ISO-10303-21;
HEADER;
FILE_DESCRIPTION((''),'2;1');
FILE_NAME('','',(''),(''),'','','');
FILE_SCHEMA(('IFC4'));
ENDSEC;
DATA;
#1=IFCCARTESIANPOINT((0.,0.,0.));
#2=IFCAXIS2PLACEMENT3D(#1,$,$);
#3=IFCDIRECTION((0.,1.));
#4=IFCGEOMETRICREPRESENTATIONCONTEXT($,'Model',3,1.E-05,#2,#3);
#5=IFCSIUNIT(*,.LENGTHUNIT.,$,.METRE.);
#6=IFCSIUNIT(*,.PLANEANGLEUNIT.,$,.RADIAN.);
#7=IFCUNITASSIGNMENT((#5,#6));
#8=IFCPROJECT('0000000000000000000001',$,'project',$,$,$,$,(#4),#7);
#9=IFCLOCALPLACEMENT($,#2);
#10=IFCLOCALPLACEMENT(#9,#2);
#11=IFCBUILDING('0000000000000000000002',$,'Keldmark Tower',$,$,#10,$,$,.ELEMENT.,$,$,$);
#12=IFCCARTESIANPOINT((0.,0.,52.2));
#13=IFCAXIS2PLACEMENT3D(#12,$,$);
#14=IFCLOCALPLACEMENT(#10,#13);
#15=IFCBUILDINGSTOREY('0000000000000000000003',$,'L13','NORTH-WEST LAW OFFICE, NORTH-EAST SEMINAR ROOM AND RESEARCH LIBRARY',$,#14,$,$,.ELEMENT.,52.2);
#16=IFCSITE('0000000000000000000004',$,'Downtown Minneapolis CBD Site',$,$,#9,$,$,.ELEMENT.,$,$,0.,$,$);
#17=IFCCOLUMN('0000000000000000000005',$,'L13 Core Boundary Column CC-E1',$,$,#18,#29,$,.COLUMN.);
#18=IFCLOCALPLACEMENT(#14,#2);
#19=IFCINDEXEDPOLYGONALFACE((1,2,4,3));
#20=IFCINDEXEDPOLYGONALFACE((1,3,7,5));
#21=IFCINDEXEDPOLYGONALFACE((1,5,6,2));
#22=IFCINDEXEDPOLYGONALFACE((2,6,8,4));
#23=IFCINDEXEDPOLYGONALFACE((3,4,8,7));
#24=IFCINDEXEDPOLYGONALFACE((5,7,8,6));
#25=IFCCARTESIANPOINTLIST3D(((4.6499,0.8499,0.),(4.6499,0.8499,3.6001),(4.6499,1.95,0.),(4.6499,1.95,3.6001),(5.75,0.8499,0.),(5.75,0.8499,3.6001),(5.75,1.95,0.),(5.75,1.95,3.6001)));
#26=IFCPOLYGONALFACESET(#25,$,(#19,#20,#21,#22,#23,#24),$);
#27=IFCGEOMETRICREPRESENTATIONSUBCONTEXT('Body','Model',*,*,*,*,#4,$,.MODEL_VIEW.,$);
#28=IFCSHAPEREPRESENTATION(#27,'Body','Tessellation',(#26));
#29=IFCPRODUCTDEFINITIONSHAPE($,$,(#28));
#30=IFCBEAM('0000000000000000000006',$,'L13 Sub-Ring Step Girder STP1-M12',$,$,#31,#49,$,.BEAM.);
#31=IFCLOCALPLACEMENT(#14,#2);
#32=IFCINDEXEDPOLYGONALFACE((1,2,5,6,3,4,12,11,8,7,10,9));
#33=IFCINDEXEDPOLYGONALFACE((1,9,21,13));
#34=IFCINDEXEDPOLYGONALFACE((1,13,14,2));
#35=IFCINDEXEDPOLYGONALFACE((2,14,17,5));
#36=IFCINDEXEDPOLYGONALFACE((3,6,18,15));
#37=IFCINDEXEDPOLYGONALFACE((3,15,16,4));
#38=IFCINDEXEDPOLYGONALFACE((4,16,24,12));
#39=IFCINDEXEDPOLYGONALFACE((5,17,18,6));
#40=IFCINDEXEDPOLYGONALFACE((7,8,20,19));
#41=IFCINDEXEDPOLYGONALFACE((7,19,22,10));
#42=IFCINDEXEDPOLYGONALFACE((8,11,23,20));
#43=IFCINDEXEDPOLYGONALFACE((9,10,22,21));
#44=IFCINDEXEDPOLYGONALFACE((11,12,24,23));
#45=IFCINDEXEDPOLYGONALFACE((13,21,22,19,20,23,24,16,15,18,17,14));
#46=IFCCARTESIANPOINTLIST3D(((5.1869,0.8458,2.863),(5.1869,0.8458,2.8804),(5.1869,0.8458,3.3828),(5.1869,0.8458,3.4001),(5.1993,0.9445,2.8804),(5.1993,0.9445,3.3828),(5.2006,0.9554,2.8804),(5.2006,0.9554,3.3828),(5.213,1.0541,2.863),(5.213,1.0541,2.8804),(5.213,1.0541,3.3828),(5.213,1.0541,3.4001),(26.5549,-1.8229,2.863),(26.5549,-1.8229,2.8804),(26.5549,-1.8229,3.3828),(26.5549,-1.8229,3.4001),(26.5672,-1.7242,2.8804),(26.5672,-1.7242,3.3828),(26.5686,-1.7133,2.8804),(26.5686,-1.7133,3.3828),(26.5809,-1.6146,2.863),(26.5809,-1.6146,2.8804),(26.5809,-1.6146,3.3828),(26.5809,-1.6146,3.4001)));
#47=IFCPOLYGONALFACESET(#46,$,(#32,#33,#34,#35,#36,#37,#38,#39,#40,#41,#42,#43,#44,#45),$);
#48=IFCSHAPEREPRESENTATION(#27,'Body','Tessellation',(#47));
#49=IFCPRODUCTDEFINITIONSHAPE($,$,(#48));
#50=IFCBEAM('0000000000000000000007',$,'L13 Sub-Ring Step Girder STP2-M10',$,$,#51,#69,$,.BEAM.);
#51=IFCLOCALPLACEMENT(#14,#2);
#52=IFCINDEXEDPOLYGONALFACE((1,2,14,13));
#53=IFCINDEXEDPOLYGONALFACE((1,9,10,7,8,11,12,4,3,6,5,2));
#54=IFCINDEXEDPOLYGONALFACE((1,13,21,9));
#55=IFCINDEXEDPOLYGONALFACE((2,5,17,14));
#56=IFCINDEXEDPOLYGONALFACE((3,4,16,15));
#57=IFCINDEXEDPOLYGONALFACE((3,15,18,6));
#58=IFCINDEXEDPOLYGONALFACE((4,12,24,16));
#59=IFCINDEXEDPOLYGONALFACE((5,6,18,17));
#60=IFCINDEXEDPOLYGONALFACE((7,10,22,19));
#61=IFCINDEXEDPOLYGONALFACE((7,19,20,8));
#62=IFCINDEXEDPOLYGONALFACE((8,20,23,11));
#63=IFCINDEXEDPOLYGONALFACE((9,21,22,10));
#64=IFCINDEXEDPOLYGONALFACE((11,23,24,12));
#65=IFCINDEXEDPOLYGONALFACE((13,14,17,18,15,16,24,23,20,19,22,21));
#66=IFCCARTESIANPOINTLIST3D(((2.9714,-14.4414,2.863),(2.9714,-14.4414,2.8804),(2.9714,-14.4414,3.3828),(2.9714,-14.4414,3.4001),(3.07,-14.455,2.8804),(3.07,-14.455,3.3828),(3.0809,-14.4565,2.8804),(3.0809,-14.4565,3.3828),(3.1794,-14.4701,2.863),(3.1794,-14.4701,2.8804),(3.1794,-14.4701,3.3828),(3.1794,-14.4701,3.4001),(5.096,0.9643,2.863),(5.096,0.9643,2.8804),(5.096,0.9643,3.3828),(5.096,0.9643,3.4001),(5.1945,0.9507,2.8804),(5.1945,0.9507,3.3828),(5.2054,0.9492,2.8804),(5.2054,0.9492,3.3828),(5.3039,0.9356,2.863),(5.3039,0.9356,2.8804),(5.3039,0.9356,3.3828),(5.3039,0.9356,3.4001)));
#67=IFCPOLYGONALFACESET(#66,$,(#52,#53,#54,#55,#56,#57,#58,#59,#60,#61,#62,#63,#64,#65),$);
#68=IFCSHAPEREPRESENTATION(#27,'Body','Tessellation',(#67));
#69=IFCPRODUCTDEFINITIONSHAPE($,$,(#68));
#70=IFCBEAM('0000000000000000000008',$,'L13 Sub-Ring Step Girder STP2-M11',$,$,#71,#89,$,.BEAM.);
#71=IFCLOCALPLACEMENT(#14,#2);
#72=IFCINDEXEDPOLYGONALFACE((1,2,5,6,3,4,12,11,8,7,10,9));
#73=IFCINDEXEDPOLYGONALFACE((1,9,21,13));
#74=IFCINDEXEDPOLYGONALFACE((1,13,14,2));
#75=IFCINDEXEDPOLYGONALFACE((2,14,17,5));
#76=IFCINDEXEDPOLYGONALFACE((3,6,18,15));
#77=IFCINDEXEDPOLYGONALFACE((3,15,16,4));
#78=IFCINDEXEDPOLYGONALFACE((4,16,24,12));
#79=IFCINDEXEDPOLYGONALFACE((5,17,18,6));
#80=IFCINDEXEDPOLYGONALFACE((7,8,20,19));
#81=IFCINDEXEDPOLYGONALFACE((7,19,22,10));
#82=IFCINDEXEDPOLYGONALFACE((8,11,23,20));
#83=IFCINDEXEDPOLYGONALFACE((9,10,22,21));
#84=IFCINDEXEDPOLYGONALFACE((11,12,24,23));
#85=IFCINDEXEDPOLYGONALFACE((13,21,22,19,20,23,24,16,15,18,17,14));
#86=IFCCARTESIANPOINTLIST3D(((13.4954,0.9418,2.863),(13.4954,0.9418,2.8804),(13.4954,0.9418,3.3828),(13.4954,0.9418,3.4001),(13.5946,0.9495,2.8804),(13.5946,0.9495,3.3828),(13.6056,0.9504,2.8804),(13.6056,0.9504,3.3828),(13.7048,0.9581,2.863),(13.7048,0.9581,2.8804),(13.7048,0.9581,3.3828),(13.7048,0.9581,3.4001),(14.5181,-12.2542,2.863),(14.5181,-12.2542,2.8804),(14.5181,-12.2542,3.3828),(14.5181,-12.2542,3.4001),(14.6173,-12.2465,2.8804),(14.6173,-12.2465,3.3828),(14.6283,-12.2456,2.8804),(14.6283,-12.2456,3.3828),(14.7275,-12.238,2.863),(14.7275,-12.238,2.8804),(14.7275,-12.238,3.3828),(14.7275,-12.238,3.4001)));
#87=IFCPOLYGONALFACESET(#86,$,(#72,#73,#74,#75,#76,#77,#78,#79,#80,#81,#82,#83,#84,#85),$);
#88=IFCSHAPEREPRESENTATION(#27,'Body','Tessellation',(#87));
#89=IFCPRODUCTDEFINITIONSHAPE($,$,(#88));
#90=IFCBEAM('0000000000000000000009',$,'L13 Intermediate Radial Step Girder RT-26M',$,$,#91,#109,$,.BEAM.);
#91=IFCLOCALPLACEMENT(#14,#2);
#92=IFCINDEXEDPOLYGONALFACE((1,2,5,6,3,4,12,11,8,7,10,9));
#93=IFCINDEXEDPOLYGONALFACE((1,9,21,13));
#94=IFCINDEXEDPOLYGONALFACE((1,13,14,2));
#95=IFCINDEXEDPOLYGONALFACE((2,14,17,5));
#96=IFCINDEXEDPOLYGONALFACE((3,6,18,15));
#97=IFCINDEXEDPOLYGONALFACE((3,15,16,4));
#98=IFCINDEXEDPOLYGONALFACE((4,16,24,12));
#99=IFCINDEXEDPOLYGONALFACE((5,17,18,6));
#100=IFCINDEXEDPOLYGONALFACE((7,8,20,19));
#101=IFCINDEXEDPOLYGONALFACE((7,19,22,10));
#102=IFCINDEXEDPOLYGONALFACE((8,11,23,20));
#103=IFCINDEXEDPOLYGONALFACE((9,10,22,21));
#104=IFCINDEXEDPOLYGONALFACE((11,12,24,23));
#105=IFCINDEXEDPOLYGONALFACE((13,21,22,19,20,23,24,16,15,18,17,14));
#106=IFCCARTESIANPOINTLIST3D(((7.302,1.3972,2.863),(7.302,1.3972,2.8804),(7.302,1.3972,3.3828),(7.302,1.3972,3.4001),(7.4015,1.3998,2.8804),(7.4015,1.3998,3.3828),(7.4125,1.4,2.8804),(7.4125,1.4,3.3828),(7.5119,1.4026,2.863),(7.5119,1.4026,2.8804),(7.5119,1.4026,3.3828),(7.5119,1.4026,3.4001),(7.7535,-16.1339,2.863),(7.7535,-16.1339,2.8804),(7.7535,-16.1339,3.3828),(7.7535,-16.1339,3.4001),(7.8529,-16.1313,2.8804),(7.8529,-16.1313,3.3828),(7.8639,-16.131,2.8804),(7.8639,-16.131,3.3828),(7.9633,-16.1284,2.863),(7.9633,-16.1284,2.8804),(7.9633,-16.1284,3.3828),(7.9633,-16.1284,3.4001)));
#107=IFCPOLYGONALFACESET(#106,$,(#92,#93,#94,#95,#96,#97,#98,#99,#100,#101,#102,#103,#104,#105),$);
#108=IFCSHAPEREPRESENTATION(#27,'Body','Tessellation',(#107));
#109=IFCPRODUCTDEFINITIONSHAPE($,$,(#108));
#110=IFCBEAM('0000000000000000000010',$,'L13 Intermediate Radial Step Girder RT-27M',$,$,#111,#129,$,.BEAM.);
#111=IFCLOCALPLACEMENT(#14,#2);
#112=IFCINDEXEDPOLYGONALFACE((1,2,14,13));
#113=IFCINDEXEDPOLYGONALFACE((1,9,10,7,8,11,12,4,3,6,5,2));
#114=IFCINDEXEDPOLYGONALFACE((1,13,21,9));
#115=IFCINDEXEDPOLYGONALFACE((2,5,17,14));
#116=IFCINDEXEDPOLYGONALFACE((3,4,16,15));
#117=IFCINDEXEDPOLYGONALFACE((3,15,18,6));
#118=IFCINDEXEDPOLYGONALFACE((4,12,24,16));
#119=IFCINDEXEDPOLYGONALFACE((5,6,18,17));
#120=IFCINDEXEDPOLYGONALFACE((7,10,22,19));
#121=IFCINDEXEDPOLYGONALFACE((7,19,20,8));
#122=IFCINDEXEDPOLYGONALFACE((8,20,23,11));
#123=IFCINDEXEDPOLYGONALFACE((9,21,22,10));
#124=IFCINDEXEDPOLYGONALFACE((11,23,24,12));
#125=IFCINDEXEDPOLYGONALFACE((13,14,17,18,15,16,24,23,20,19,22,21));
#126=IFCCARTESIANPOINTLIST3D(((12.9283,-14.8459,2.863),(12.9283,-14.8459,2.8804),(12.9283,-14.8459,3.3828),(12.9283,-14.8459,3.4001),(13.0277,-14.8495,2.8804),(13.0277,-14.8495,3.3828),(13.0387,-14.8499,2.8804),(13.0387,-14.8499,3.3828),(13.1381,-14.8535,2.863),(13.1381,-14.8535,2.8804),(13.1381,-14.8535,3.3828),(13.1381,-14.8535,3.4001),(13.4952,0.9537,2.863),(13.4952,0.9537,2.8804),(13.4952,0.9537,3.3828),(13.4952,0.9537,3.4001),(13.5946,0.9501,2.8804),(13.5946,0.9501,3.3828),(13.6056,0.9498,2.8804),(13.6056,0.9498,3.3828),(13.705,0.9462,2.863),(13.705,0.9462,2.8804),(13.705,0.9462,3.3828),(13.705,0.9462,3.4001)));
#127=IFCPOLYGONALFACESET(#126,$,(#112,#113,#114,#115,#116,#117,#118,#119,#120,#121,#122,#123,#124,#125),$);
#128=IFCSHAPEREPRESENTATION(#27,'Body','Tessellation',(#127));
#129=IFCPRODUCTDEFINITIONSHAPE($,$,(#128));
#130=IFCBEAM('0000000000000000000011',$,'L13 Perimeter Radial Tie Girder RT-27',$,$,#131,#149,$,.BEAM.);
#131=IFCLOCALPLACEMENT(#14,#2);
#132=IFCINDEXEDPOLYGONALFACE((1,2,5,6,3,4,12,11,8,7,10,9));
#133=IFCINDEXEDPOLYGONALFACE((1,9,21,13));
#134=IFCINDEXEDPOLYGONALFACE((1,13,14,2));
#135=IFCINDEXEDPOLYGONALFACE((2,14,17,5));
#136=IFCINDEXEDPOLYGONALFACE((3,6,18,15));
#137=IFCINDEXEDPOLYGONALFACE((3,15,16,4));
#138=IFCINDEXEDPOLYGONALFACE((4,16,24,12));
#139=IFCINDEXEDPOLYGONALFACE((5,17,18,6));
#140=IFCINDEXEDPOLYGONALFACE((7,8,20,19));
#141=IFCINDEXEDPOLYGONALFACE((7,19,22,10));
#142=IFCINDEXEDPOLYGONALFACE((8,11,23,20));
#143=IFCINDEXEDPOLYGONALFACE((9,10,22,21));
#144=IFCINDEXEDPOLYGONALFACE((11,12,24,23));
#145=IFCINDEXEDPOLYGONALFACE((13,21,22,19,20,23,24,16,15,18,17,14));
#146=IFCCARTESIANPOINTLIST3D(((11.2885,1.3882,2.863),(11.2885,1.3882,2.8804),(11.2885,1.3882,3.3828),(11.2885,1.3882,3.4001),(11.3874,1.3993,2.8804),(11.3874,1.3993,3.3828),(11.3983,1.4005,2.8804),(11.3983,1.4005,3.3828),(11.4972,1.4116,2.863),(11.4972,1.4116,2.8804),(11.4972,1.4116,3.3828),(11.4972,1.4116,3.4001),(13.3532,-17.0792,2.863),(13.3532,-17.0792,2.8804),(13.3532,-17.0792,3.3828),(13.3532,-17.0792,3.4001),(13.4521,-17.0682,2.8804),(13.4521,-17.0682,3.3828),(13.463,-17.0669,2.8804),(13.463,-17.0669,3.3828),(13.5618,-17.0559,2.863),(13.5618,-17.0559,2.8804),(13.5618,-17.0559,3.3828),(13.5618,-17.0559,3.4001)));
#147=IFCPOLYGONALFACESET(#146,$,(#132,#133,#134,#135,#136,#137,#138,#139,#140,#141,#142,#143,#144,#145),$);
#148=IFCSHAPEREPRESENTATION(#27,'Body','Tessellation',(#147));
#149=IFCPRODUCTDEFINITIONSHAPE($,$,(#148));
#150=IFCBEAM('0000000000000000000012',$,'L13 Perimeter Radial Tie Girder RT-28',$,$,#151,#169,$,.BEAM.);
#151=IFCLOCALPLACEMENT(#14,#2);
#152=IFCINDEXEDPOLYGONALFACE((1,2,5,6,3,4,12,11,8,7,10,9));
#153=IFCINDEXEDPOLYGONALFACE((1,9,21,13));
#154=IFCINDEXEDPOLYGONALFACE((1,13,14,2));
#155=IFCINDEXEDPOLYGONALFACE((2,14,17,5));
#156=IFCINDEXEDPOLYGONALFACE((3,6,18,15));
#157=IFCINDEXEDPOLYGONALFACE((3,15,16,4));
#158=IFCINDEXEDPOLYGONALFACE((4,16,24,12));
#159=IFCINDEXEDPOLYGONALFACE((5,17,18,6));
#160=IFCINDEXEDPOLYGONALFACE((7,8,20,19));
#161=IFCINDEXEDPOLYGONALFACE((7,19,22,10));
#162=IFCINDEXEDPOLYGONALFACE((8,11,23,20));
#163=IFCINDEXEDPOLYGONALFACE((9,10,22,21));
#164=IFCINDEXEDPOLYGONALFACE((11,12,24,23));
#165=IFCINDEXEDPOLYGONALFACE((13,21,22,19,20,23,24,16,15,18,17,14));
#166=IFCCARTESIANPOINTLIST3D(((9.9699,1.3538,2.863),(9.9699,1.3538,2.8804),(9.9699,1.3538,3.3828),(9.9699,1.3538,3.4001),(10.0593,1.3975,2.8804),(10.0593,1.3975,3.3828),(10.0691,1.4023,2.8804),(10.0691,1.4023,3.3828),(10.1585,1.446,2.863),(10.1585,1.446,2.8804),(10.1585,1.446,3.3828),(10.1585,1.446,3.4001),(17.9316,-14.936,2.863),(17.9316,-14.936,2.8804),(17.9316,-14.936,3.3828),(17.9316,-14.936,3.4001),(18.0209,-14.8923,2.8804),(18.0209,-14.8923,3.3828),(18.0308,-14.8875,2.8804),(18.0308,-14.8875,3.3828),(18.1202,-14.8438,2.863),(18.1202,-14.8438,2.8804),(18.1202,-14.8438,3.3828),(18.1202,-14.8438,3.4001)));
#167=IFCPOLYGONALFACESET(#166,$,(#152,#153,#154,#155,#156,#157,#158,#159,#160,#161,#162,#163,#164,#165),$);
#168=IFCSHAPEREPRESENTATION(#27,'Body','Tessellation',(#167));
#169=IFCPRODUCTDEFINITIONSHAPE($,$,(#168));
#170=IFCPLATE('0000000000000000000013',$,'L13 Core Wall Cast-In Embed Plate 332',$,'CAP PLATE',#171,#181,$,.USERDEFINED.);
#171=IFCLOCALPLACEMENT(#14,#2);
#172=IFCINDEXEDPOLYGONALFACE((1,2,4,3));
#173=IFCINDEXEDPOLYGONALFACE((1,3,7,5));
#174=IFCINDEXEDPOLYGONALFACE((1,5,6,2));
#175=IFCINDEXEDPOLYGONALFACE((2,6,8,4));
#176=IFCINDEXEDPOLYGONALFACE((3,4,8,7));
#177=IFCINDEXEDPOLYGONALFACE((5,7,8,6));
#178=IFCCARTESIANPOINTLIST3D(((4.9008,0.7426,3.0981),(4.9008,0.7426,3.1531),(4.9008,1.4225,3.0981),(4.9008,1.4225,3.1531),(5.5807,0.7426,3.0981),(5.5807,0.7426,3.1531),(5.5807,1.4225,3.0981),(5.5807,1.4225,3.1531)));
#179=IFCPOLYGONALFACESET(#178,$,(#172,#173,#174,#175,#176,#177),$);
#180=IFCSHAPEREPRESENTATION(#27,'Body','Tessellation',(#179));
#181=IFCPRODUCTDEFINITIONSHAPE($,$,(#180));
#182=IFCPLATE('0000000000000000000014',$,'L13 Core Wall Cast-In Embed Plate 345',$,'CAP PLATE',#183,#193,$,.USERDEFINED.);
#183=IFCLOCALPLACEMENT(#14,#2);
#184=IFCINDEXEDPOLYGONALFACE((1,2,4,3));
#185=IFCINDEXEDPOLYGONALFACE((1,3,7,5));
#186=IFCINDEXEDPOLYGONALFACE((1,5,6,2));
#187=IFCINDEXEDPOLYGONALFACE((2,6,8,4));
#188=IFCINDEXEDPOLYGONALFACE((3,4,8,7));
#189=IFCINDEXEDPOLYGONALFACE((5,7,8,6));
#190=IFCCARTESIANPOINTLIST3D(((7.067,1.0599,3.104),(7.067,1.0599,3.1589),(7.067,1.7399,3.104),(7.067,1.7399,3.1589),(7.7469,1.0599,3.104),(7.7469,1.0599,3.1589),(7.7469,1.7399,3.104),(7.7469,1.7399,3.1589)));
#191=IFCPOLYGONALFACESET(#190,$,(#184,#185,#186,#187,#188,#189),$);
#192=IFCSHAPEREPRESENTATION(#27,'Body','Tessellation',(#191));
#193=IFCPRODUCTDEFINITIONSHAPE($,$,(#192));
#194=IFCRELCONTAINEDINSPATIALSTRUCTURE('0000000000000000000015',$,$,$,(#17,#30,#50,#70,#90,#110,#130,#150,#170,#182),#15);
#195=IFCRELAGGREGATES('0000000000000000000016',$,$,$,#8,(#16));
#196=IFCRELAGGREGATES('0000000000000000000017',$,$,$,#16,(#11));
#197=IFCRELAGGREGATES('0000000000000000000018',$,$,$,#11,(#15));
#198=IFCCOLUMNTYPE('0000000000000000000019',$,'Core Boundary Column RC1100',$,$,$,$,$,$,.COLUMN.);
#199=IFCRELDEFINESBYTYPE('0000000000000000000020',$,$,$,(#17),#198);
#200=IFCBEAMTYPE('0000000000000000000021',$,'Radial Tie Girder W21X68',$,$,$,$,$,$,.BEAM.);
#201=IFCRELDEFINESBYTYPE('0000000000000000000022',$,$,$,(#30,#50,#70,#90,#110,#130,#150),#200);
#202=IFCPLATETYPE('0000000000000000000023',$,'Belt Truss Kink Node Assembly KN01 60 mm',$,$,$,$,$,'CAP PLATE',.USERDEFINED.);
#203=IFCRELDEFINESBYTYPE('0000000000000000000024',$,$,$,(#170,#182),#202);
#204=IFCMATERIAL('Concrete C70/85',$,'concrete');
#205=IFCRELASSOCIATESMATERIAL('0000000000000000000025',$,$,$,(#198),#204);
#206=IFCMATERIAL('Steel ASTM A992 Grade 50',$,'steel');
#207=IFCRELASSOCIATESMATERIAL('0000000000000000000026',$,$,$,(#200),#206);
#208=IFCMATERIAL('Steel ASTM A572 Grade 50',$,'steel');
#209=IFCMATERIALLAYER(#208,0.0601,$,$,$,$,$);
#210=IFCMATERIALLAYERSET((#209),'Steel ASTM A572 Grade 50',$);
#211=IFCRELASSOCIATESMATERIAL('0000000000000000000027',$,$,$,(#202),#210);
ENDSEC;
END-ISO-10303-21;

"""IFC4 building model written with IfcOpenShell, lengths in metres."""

from ifc_helpers import new_model, si_unit, direction, frame, origin, origin_2d, place, context, subcontext, project, spatial, rectangle, i_section, extrude, material, layer, layer_set, material_profile, profile_set, type_object, element, save


model = new_model("IFC4")

# Units and contexts
model_context = context("Model", 3, precision=1e-05, world=origin(), true_north=direction((0.0, 1.0)))
body_context = subcontext(model_context, "Body", "Model", "MODEL_VIEW")
ifc_project = project(units=[si_unit("LENGTHUNIT", "METRE"), si_unit("PLANEANGLEUNIT", "RADIAN")], contexts=[model_context])

# Site, building, storey
site_placement = place(None, origin())
site = spatial("IfcSite", under=ifc_project, at=site_placement, Name="Downtown Minneapolis CBD Site", CompositionType="ELEMENT", RefElevation=0.0)
building_placement = place(site_placement, origin())
building = spatial("IfcBuilding", under=site, at=building_placement, Name="Keldmark Tower", CompositionType="ELEMENT")
storey_placement = place(building_placement, frame((0.0, 0.0, 52.2)))
storey = spatial("IfcBuildingStorey", under=building, at=storey_placement, Name="L13", Description="NORTH-WEST LAW OFFICE, NORTH-EAST SEMINAR ROOM AND RESEARCH LIBRARY", CompositionType="ELEMENT", Elevation=52.2)

# Column
ifc_material_1 = material(Name="Concrete C70/85", Category="concrete")
ifc_material_profile_1 = material_profile(ifc_material_1, rectangle(XDim=1.1001, YDim=1.1001, at=origin_2d()), Name="RC1100X1100")
ifc_profile_set_1 = profile_set([ifc_material_profile_1], Name="Concrete C70/85")
column_type = type_object("IfcColumnType", Name="Core Boundary Column RC1100", PredefinedType="COLUMN", material=ifc_profile_set_1)
column_placement = place(storey_placement, frame((5.2, 1.3999, 0.0), z_axis=(0.0, 0.0, 1.0), x_axis=(1.0, 0.0, 0.0)))
element("IfcColumn", 1, at=column_placement, inside=storey, type_object=column_type, Name="L13 Core Boundary Column CC-E1", PredefinedType="COLUMN", context=body_context, shape_type="SweptSolid", body=[
    extrude(rectangle(XDim=1.1001, YDim=1.1001, at=origin_2d()), origin(), (0.0, 0.0, 1.0), 3.6001),
])

# Beams
ifc_material_2 = material(Name="Steel ASTM A992 Grade 50", Category="steel")
ifc_material_profile_2 = material_profile(ifc_material_2, i_section(OverallWidth=0.21, OverallDepth=0.5371, WebThickness=0.011, FlangeThickness=0.0173, at=origin_2d()), Name="W21X68")
ifc_profile_set_2 = profile_set([ifc_material_profile_2], Name="Steel ASTM A992 Grade 50")
beam_type = type_object("IfcBeamType", Name="Radial Tie Girder W21X68", PredefinedType="BEAM", material=ifc_profile_set_2)
beam_1_placement = place(storey_placement, frame((5.2, 0.95, 3.1316), z_axis=(0.992291, -0.12393, 0.0), x_axis=(0.12393, 0.992291, 0.0)))
element("IfcBeam", 2, at=beam_1_placement, inside=storey, type_object=beam_type, Name="L13 Sub-Ring Step Girder STP1-M12", PredefinedType="BEAM", context=body_context, shape_type="SweptSolid", body=[
    extrude(i_section(OverallWidth=0.21, OverallDepth=0.5371, WebThickness=0.011, FlangeThickness=0.0173, at=origin_2d()), origin(), (0.0, 0.0, 1.0), 21.5339),
])
beam_2_placement = place(storey_placement, frame((5.2, 0.95, 3.1316), z_axis=(-0.136611, -0.990625, 0.0), x_axis=(0.990625, -0.136611, 0.0)))
element("IfcBeam", 3, at=beam_2_placement, inside=storey, type_object=beam_type, Name="L13 Sub-Ring Step Girder STP2-M10", PredefinedType="BEAM", context=body_context, shape_type="SweptSolid", body=[
    extrude(i_section(OverallWidth=0.21, OverallDepth=0.5371, WebThickness=0.011, FlangeThickness=0.0173, at=origin_2d()), origin(), (0.0, 0.0, 1.0), 15.5515),
])
beam_3_placement = place(storey_placement, frame((13.6001, 0.95, 3.1316), z_axis=(0.077269, -0.99701, 0.0), x_axis=(0.99701, 0.077269, 0.0)))
element("IfcBeam", 4, at=beam_3_placement, inside=storey, type_object=beam_type, Name="L13 Sub-Ring Step Girder STP2-M11", PredefinedType="BEAM", context=body_context, shape_type="SweptSolid", body=[
    extrude(i_section(OverallWidth=0.21, OverallDepth=0.5371, WebThickness=0.011, FlangeThickness=0.0173, at=origin_2d()), origin(), (0.0, 0.0, 1.0), 13.2356),
])
beam_4_placement = place(storey_placement, frame((7.407, 1.3999, 3.1316), z_axis=(0.025741, -0.999669, 0.0), x_axis=(0.999669, 0.025741, 0.0)))
element("IfcBeam", 5, at=beam_4_placement, inside=storey, type_object=beam_type, Name="L13 Intermediate Radial Step Girder RT-26M", PredefinedType="BEAM", context=body_context, shape_type="SweptSolid", body=[
    extrude(i_section(OverallWidth=0.21, OverallDepth=0.5371, WebThickness=0.011, FlangeThickness=0.0173, at=origin_2d()), origin(), (0.0, 0.0, 1.0), 17.5369),
])
beam_5_placement = place(storey_placement, frame((13.6001, 0.95, 3.1316), z_axis=(-0.035857, -0.999357, 0.0), x_axis=(0.999357, -0.035857, 0.0)))
element("IfcBeam", 6, at=beam_5_placement, inside=storey, type_object=beam_type, Name="L13 Intermediate Radial Step Girder RT-27M", PredefinedType="BEAM", context=body_context, shape_type="SweptSolid", body=[
    extrude(i_section(OverallWidth=0.21, OverallDepth=0.5371, WebThickness=0.011, FlangeThickness=0.0173, at=origin_2d()), origin(), (0.0, 0.0, 1.0), 15.8098),
])
beam_6_placement = place(storey_placement, frame((11.3928, 1.3999, 3.1316), z_axis=(0.111109, -0.993808, 0.0), x_axis=(0.993808, 0.111109, 0.0)))
element("IfcBeam", 7, at=beam_6_placement, inside=storey, type_object=beam_type, Name="L13 Perimeter Radial Tie Girder RT-27", PredefinedType="BEAM", context=body_context, shape_type="SweptSolid", body=[
    extrude(i_section(OverallWidth=0.21, OverallDepth=0.5371, WebThickness=0.011, FlangeThickness=0.0173, at=origin_2d()), origin(), (0.0, 0.0, 1.0), 18.5825),
])
beam_7_placement = place(storey_placement, frame((10.0642, 1.3999, 3.1316), z_axis=(0.439111, -0.898433, 0.0), x_axis=(0.898433, 0.439111, 0.0)))
element("IfcBeam", 8, at=beam_7_placement, inside=storey, type_object=beam_type, Name="L13 Perimeter Radial Tie Girder RT-28", PredefinedType="BEAM", context=body_context, shape_type="SweptSolid", body=[
    extrude(i_section(OverallWidth=0.21, OverallDepth=0.5371, WebThickness=0.011, FlangeThickness=0.0173, at=origin_2d()), origin(), (0.0, 0.0, 1.0), 18.1313),
])

# Plates
ifc_material_3 = material(Name="Steel ASTM A572 Grade 50", Category="steel")
ifc_layer_1 = layer(ifc_material_3, 0.0601)
ifc_layer_set_1 = layer_set([ifc_layer_1], Name="Steel ASTM A572 Grade 50")
plate_type = type_object("IfcPlateType", Name="Belt Truss Kink Node Assembly KN01 60 mm", ElementType="CAP PLATE", PredefinedType="USERDEFINED", material=ifc_layer_set_1)
for number, where, z_axis, x_axis, name in (
    (9, (5.2407, 1.0825, 3.0981), (0.0, 0.0, 1.0), (1.0, 0.0, 0.0), "L13 Core Wall Cast-In Embed Plate 332"),
    (10, (7.407, 1.3999, 3.104), (0.0, 0.0, 1.0), (1.0, 0.0, 0.0), "L13 Core Wall Cast-In Embed Plate 345"),
):
    element("IfcPlate", number, at=place(storey_placement, frame(where, z_axis=z_axis, x_axis=x_axis)), inside=storey, type_object=plate_type, Name=name, ObjectType="CAP PLATE", PredefinedType="USERDEFINED", context=body_context, shape_type="SweptSolid", body=[
        extrude(rectangle(XDim=0.6799, YDim=0.6799, at=origin_2d()), origin(), (0.0, 0.0, 1.0), 0.0549),
    ])

save(model, "model.ifc")
